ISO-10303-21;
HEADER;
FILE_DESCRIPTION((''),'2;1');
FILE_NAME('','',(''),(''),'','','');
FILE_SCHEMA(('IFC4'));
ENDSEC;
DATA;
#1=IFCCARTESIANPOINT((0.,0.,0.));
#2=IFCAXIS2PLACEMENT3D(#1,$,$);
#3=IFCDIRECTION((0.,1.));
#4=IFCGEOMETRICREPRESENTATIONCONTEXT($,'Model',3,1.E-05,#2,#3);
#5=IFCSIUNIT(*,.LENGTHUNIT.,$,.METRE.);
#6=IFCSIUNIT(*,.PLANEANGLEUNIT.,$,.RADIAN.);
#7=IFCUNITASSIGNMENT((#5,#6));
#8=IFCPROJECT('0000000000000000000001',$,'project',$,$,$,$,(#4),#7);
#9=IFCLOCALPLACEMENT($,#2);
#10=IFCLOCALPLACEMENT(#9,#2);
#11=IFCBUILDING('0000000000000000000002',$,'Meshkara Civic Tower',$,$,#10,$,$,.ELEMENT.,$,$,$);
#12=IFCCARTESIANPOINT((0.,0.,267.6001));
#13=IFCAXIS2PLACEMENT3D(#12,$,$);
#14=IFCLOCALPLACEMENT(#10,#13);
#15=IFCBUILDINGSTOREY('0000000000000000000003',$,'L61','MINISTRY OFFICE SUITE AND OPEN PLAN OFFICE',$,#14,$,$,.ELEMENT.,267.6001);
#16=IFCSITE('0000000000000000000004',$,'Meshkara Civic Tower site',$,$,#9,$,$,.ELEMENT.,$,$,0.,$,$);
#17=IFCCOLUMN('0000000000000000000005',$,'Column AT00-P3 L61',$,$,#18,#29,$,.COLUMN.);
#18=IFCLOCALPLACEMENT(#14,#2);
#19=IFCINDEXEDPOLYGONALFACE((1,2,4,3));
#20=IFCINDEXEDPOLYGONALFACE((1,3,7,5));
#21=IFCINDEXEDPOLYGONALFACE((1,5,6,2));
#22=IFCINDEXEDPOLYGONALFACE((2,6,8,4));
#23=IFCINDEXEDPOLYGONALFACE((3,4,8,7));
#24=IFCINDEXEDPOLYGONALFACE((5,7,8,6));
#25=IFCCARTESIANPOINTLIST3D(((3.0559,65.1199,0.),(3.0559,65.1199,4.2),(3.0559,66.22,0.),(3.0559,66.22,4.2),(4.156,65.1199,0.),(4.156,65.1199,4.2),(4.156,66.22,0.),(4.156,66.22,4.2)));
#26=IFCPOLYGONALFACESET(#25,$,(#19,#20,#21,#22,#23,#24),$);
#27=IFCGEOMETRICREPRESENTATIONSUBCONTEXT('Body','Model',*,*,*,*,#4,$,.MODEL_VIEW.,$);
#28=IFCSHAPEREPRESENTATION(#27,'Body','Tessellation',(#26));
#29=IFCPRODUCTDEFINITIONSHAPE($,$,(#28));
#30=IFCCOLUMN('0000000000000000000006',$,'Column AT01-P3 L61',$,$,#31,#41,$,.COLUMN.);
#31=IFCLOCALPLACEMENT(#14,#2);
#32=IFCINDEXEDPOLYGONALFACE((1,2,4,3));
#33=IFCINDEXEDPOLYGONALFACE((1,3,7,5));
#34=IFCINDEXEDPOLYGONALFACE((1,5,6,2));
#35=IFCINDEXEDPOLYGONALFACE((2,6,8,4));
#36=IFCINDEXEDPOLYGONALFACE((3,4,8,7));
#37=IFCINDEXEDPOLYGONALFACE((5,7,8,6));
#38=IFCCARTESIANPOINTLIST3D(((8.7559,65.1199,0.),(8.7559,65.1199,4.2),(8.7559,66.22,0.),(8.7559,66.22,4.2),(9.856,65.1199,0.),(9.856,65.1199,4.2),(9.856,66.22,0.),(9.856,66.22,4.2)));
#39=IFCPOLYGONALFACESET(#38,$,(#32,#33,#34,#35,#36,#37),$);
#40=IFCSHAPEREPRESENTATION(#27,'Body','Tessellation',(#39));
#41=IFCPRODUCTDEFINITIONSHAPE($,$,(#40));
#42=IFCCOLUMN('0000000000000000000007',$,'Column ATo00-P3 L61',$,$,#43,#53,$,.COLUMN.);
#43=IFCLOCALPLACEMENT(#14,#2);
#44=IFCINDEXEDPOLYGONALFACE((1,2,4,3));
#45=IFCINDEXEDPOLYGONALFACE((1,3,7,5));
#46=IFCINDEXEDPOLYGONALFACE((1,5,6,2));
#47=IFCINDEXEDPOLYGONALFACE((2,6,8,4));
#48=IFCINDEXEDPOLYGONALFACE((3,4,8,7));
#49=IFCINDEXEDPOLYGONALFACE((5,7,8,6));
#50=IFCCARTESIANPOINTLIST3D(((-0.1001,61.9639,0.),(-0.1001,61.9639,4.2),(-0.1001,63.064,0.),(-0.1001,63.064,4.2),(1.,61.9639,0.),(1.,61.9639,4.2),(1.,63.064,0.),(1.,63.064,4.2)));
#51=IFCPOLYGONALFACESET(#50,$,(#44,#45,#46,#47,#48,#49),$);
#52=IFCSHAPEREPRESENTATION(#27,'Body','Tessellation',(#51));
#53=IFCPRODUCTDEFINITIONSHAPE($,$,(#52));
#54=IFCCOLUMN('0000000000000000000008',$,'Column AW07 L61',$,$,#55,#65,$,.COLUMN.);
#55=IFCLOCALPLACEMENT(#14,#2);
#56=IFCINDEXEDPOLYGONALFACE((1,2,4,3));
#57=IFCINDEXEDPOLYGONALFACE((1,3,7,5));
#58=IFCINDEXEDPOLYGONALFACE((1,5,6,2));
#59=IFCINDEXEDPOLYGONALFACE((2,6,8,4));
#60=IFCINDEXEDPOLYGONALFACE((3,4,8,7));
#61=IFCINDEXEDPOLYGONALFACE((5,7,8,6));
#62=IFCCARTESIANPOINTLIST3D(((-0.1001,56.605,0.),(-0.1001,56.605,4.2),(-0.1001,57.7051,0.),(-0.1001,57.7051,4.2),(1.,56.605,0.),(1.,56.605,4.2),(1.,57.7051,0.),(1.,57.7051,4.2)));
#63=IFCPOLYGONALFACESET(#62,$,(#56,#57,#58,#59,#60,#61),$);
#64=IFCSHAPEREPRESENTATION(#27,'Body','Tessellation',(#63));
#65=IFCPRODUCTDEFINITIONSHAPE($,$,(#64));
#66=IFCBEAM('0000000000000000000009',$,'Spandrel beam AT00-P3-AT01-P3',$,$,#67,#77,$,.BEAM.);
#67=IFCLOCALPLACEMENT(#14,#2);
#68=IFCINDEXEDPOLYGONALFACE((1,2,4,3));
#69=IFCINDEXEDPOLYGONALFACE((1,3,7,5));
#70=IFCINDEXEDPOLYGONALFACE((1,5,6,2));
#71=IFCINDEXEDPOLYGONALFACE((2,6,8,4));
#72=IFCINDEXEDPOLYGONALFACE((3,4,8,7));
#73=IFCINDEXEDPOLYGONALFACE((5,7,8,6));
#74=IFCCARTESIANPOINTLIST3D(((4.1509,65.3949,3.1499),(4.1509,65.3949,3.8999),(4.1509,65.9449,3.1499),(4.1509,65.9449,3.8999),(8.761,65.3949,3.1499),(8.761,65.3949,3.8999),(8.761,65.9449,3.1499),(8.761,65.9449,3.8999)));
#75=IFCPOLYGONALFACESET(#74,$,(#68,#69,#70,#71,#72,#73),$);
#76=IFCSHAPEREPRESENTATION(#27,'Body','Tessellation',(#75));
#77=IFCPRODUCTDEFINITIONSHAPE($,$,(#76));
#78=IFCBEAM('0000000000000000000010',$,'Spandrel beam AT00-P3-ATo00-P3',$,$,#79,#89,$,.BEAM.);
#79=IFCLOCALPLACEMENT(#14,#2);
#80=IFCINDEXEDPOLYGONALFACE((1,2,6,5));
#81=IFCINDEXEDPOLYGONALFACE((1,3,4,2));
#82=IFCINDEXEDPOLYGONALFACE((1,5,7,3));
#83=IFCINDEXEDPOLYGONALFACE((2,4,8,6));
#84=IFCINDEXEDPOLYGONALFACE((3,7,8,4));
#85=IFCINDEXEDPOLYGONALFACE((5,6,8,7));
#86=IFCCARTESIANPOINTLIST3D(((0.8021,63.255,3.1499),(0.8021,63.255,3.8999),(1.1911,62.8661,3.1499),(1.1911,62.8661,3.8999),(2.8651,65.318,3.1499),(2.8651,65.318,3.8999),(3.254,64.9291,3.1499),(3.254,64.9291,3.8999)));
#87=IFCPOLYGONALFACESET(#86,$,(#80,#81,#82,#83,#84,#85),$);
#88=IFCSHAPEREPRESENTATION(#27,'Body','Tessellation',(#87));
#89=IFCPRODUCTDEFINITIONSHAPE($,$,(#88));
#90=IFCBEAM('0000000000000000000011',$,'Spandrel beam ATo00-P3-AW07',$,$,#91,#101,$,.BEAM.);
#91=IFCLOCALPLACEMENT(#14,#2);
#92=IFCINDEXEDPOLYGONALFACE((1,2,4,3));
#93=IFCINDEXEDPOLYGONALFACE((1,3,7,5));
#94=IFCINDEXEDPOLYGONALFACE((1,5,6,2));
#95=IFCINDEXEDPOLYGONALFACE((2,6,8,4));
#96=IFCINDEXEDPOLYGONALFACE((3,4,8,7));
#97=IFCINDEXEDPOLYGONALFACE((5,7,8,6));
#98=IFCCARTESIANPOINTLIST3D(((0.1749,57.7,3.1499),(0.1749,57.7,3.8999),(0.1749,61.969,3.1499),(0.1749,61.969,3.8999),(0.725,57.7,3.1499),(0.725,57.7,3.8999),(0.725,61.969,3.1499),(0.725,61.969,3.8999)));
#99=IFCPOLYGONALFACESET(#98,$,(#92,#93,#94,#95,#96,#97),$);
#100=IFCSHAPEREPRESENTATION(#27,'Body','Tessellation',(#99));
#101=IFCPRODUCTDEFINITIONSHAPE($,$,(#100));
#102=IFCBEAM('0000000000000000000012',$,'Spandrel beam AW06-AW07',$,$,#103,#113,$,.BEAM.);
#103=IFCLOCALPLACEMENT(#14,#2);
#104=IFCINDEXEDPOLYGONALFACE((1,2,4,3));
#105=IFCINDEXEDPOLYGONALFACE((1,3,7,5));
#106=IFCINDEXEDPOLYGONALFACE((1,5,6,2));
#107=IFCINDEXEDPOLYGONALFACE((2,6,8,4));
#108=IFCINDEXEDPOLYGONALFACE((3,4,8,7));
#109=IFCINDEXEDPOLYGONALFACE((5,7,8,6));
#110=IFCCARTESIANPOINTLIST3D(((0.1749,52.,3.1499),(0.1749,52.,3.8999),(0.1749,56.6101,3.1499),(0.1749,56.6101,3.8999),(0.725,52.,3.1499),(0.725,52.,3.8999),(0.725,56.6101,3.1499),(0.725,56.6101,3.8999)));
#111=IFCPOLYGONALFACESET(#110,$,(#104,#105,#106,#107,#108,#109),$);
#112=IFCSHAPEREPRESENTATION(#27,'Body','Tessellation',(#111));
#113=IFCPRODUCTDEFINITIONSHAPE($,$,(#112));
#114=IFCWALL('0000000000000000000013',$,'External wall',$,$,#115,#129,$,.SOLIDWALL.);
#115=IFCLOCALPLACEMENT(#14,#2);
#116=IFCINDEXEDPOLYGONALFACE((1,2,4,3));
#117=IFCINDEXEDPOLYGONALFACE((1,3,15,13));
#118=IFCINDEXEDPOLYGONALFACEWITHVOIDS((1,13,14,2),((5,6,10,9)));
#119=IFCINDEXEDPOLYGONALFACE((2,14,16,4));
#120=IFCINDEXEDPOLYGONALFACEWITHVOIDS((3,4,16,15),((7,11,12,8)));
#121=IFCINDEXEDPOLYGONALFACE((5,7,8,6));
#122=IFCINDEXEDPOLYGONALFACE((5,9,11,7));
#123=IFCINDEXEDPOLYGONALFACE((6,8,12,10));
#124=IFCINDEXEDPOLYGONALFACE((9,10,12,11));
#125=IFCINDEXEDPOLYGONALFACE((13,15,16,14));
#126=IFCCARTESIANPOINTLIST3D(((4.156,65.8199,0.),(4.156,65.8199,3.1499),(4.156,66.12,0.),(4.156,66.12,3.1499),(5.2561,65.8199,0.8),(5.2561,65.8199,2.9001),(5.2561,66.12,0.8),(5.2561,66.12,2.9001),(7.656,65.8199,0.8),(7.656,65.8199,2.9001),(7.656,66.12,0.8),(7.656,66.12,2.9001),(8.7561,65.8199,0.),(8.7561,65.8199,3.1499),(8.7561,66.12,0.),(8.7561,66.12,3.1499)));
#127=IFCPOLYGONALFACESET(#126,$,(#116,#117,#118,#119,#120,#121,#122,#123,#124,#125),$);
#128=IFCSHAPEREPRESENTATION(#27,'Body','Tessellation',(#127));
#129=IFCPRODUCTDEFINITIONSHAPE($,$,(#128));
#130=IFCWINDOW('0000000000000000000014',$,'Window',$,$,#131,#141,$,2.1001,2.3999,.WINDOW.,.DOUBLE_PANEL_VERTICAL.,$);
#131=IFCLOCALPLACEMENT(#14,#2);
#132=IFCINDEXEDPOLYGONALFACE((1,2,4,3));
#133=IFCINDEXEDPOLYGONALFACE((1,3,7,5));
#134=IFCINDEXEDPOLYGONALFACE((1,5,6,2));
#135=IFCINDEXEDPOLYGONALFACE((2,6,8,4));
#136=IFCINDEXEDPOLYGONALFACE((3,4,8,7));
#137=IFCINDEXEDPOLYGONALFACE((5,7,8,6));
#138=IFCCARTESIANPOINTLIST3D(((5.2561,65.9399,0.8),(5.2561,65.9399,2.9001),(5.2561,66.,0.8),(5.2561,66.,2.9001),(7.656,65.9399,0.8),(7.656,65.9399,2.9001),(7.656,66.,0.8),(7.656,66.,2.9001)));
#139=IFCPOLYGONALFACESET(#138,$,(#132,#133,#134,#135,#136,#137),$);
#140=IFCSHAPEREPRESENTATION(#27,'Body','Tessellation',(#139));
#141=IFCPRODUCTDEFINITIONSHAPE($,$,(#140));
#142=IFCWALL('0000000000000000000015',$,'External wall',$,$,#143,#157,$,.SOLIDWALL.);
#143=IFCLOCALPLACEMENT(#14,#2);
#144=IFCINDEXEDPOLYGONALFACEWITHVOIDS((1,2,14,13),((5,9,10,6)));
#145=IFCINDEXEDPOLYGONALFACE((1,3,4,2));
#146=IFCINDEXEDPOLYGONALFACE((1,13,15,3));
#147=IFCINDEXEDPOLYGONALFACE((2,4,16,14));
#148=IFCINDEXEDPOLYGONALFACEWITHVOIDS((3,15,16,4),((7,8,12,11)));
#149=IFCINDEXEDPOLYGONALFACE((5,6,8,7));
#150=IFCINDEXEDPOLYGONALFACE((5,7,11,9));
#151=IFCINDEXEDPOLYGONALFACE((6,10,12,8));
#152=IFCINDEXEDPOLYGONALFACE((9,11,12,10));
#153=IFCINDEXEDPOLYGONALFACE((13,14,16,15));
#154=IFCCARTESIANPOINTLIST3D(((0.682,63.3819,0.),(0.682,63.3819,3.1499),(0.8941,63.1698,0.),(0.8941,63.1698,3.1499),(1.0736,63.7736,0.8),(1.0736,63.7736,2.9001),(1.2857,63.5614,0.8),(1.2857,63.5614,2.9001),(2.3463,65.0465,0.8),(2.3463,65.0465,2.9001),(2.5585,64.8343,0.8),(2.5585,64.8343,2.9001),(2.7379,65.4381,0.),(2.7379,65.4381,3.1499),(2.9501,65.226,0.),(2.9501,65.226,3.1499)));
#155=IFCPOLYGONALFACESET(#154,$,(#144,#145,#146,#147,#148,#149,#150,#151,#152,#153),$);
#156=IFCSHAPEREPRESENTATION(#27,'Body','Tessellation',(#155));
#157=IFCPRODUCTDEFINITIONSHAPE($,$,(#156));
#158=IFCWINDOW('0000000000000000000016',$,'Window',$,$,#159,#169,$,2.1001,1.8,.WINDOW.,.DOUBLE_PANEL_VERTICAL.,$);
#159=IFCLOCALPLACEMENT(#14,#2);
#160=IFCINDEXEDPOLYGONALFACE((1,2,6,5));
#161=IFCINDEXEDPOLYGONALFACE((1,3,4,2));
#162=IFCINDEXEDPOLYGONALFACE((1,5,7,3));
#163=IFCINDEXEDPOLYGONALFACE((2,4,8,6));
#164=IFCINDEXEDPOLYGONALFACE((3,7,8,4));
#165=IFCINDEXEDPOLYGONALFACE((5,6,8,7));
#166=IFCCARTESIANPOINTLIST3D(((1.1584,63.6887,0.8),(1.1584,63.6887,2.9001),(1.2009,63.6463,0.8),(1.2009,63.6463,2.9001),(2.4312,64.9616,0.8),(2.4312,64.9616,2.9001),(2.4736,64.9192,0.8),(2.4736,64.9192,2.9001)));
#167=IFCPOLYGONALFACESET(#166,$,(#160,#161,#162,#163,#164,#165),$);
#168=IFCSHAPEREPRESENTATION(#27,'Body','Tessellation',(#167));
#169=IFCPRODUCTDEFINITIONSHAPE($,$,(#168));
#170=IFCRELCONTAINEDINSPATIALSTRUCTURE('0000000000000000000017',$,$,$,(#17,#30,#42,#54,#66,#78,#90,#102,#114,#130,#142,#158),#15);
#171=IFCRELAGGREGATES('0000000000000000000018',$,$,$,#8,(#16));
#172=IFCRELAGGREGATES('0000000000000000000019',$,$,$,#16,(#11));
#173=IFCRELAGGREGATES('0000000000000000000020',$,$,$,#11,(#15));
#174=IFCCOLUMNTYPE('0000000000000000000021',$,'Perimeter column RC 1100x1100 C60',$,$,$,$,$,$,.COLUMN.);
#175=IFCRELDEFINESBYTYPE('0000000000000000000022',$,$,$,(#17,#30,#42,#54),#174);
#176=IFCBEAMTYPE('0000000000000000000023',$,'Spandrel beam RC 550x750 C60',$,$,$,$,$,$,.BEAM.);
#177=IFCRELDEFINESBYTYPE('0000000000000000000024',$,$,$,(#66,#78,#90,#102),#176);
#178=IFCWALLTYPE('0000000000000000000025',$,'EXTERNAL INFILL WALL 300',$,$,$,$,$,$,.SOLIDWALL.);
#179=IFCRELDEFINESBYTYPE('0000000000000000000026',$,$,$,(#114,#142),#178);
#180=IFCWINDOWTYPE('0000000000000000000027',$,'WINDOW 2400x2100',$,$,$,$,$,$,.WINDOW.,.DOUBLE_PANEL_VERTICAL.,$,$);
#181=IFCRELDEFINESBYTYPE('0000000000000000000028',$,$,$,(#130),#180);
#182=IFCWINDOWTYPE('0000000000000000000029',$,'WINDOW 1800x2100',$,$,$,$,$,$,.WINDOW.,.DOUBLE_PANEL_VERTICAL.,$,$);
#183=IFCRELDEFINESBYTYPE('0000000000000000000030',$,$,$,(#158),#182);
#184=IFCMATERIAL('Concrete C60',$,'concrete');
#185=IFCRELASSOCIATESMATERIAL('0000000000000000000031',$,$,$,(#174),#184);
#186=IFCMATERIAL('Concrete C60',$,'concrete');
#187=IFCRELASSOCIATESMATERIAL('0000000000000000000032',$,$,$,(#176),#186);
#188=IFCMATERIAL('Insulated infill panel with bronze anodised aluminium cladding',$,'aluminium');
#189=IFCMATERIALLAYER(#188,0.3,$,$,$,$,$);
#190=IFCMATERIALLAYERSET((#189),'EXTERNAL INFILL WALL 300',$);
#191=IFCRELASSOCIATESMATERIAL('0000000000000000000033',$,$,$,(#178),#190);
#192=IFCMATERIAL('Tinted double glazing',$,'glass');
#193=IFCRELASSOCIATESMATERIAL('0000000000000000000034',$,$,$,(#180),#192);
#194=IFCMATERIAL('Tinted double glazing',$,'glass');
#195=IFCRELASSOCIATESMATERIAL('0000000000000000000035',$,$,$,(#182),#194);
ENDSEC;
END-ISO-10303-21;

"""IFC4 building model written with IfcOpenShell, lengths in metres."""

from ifc_helpers import new_model, si_unit, direction, frame, frame_2d, origin, origin_2d, place, context, subcontext, project, spatial, rectangle, extrude, material, layer, layer_set, material_profile, profile_set, type_object, element, fill, save


model = new_model("IFC4")

# Units and contexts
model_context = context("Model", 3, precision=1e-05, world=origin(), true_north=direction((0.0, 1.0)))
body_context = subcontext(model_context, "Body", "Model", "MODEL_VIEW")
ifc_project = project(units=[si_unit("LENGTHUNIT", "METRE"), si_unit("PLANEANGLEUNIT", "RADIAN")], contexts=[model_context])

# Site, building, storey
site_placement = place(None, origin())
site = spatial("IfcSite", under=ifc_project, at=site_placement, Name="Meshkara Civic Tower site", CompositionType="ELEMENT", RefElevation=0.0)
building_placement = place(site_placement, origin())
building = spatial("IfcBuilding", under=site, at=building_placement, Name="Meshkara Civic Tower", CompositionType="ELEMENT")
storey_placement = place(building_placement, frame((0.0, 0.0, 267.6001)))
storey = spatial("IfcBuildingStorey", under=building, at=storey_placement, Name="L61", Description="MINISTRY OFFICE SUITE AND OPEN PLAN OFFICE", CompositionType="ELEMENT", Elevation=267.6001)

# Columns
ifc_material_1 = material(Name="Concrete C60", Category="concrete")
ifc_material_profile_1 = material_profile(ifc_material_1, rectangle(XDim=1.1001, YDim=1.1001, at=origin_2d()))
ifc_profile_set_1 = profile_set([ifc_material_profile_1], Name="Concrete C60")
column_type = type_object("IfcColumnType", Name="Perimeter column RC 1100x1100 C60", PredefinedType="COLUMN", material=ifc_profile_set_1)
for number, where, z_axis, x_axis, name in (
    (1, (3.606, 65.6699, 0.0), (0.0, 0.0, 1.0), (1.0, 0.0, 0.0), "Column AT00-P3 L61"),
    (2, (9.3059, 65.6699, 0.0), (0.0, 0.0, 1.0), (1.0, 0.0, 0.0), "Column AT01-P3 L61"),
    (3, (0.45, 62.5139, 0.0), (0.0, 0.0, 1.0), (1.0, 0.0, 0.0), "Column ATo00-P3 L61"),
    (4, (0.45, 57.155, 0.0), (0.0, 0.0, 1.0), (1.0, 0.0, 0.0), "Column AW07 L61"),
):
    element("IfcColumn", number, at=place(storey_placement, frame(where, z_axis=z_axis, x_axis=x_axis)), inside=storey, type_object=column_type, Name=name, PredefinedType="COLUMN", context=body_context, shape_type="SweptSolid", body=[
        extrude(rectangle(XDim=1.1001, YDim=1.1001, at=origin_2d()), origin(), (0.0, 0.0, 1.0), 4.2),
    ])

# Beams
ifc_material_2 = material(Name="Concrete C60", Category="concrete")
ifc_material_profile_2 = material_profile(ifc_material_2, rectangle(XDim=0.55, YDim=0.75, at=origin_2d()))
ifc_profile_set_2 = profile_set([ifc_material_profile_2], Name="Concrete C60")
beam_type = type_object("IfcBeamType", Name="Spandrel beam RC 550x750 C60", PredefinedType="BEAM", material=ifc_profile_set_2)
beam_1_placement = place(storey_placement, frame((8.761, 65.6699, 3.5249), z_axis=(-1.0, 0.0, 0.0), x_axis=(0.0, -1.0, 0.0)))
element("IfcBeam", 5, at=beam_1_placement, inside=storey, type_object=beam_type, Name="Spandrel beam AT00-P3-AT01-P3", PredefinedType="BEAM", context=body_context, shape_type="SweptSolid", body=[
    extrude(rectangle(XDim=0.55, YDim=0.75, at=origin_2d()), origin(), (0.0, 0.0, 1.0), 4.6101),
])
beam_2_placement = place(storey_placement, frame((3.0596, 65.1235, 3.5249), z_axis=(-0.707107, -0.707107, 0.0), x_axis=(0.707107, -0.707107, 0.0)))
element("IfcBeam", 6, at=beam_2_placement, inside=storey, type_object=beam_type, Name="Spandrel beam AT00-P3-ATo00-P3", PredefinedType="BEAM", context=body_context, shape_type="SweptSolid", body=[
    extrude(rectangle(XDim=0.55, YDim=0.75, at=origin_2d()), origin(), (0.0, 0.0, 1.0), 2.9175),
])
beam_3_placement = place(storey_placement, frame((0.45, 61.969, 3.5249), z_axis=(0.0, -1.0, 0.0), x_axis=(1.0, 0.0, 0.0)))
element("IfcBeam", 7, at=beam_3_placement, inside=storey, type_object=beam_type, Name="Spandrel beam ATo00-P3-AW07", PredefinedType="BEAM", context=body_context, shape_type="SweptSolid", body=[
    extrude(rectangle(XDim=0.55, YDim=0.75, at=origin_2d()), origin(), (0.0, 0.0, 1.0), 4.269),
])
beam_4_placement = place(storey_placement, frame((0.45, 56.6101, 3.5249), z_axis=(0.0, -1.0, 0.0), x_axis=(1.0, 0.0, 0.0)))
element("IfcBeam", 8, at=beam_4_placement, inside=storey, type_object=beam_type, Name="Spandrel beam AW06-AW07", PredefinedType="BEAM", context=body_context, shape_type="SweptSolid", body=[
    extrude(rectangle(XDim=0.55, YDim=0.75, at=origin_2d()), origin(), (0.0, 0.0, 1.0), 4.6101),
])

# Walls, openings, windows
ifc_material_3 = material(Name="Insulated infill panel with bronze anodised aluminium cladding", Category="aluminium")
ifc_layer_1 = layer(ifc_material_3, 0.3)
ifc_layer_set_1 = layer_set([ifc_layer_1], Name="EXTERNAL INFILL WALL 300")
wall_type_1 = type_object("IfcWallType", Name="EXTERNAL INFILL WALL 300", PredefinedType="SOLIDWALL", material=ifc_layer_set_1)
wall_1_placement = place(storey_placement, frame((8.7561, 65.97, 0.0), z_axis=(0.0, 0.0, 1.0), x_axis=(-1.0, 0.0, 0.0)))
wall_1 = element("IfcWall", 9, at=wall_1_placement, inside=storey, type_object=wall_type_1, Name="External wall", PredefinedType="SOLIDWALL", context=body_context, shape_type="SweptSolid", body=[
    extrude(rectangle(XDim=4.6001, YDim=0.3, at=frame_2d((2.3, 0.0))), origin(), (0.0, 0.0, 1.0), 3.1499),
])
opening_1_placement = place(wall_1_placement, frame((1.1001, 0.0, 0.8)))
opening_1 = element("IfcOpeningElement", 10, at=opening_1_placement, cuts=wall_1, PredefinedType="OPENING", context=body_context, shape_type="SweptSolid", body=[
    extrude(rectangle(XDim=2.3999, YDim=2.1001, at=frame_2d((1.2, 1.05))), frame((0.0, 0.1599, 0.0), z_axis=(0.0, -1.0, 0.0), x_axis=(1.0, 0.0, 0.0)), (0.0, 0.0, 1.0), 0.3201),
])
ifc_material_4 = material(Name="Tinted double glazing", Category="glass")
window_type_1 = type_object("IfcWindowType", Name="WINDOW 2400x2100", PartitioningType="DOUBLE_PANEL_VERTICAL", PredefinedType="WINDOW", material=ifc_material_4)
window_1_placement = place(opening_1_placement, origin())
window_1 = element("IfcWindow", 11, at=window_1_placement, inside=storey, type_object=window_type_1, Name="Window", OverallHeight=2.1001, OverallWidth=2.3999, PartitioningType="DOUBLE_PANEL_VERTICAL", PredefinedType="WINDOW", context=body_context, shape_type="SweptSolid", body=[
    extrude(rectangle(XDim=2.3999, YDim=2.1001, at=frame_2d((1.2, 1.05))), frame((0.0, 0.03, 0.0), z_axis=(0.0, -1.0, 0.0), x_axis=(1.0, 0.0, 0.0)), (0.0, 0.0, 1.0), 0.0601),
])
fill(opening_1, window_1)
wall_2_placement = place(storey_placement, frame((2.844, 65.332, 0.0), z_axis=(0.0, 0.0, 1.0), x_axis=(-0.707065, -0.707149, 0.0)))
wall_2 = element("IfcWall", 12, at=wall_2_placement, inside=storey, type_object=wall_type_1, Name="External wall", PredefinedType="SOLIDWALL", context=body_context, shape_type="SweptSolid", body=[
    extrude(rectangle(XDim=2.9077, YDim=0.3, at=frame_2d((1.4539, 0.0))), origin(), (0.0, 0.0, 1.0), 3.1499),
])
opening_2_placement = place(wall_2_placement, frame((0.554, 0.0, 0.8)))
opening_2 = element("IfcOpeningElement", 13, at=opening_2_placement, cuts=wall_2, PredefinedType="OPENING", context=body_context, shape_type="SweptSolid", body=[
    extrude(rectangle(XDim=1.8, YDim=2.1001, at=frame_2d((0.8999, 1.05))), frame((0.0, 0.1599, 0.0), z_axis=(0.0, -1.0, 0.0), x_axis=(1.0, 0.0, 0.0)), (0.0, 0.0, 1.0), 0.3201),
])
ifc_material_5 = material(Name="Tinted double glazing", Category="glass")
window_type_2 = type_object("IfcWindowType", Name="WINDOW 1800x2100", PartitioningType="DOUBLE_PANEL_VERTICAL", PredefinedType="WINDOW", material=ifc_material_5)
window_2_placement = place(opening_2_placement, origin())
window_2 = element("IfcWindow", 14, at=window_2_placement, inside=storey, type_object=window_type_2, Name="Window", OverallHeight=2.1001, OverallWidth=1.8, PartitioningType="DOUBLE_PANEL_VERTICAL", PredefinedType="WINDOW", context=body_context, shape_type="SweptSolid", body=[
    extrude(rectangle(XDim=1.8, YDim=2.1001, at=frame_2d((0.8999, 1.05))), frame((0.0, 0.03, 0.0), z_axis=(0.0, -1.0, 0.0), x_axis=(1.0, 0.0, 0.0)), (0.0, 0.0, 1.0), 0.0601),
])
fill(opening_2, window_2)

save(model, "model.ifc")
